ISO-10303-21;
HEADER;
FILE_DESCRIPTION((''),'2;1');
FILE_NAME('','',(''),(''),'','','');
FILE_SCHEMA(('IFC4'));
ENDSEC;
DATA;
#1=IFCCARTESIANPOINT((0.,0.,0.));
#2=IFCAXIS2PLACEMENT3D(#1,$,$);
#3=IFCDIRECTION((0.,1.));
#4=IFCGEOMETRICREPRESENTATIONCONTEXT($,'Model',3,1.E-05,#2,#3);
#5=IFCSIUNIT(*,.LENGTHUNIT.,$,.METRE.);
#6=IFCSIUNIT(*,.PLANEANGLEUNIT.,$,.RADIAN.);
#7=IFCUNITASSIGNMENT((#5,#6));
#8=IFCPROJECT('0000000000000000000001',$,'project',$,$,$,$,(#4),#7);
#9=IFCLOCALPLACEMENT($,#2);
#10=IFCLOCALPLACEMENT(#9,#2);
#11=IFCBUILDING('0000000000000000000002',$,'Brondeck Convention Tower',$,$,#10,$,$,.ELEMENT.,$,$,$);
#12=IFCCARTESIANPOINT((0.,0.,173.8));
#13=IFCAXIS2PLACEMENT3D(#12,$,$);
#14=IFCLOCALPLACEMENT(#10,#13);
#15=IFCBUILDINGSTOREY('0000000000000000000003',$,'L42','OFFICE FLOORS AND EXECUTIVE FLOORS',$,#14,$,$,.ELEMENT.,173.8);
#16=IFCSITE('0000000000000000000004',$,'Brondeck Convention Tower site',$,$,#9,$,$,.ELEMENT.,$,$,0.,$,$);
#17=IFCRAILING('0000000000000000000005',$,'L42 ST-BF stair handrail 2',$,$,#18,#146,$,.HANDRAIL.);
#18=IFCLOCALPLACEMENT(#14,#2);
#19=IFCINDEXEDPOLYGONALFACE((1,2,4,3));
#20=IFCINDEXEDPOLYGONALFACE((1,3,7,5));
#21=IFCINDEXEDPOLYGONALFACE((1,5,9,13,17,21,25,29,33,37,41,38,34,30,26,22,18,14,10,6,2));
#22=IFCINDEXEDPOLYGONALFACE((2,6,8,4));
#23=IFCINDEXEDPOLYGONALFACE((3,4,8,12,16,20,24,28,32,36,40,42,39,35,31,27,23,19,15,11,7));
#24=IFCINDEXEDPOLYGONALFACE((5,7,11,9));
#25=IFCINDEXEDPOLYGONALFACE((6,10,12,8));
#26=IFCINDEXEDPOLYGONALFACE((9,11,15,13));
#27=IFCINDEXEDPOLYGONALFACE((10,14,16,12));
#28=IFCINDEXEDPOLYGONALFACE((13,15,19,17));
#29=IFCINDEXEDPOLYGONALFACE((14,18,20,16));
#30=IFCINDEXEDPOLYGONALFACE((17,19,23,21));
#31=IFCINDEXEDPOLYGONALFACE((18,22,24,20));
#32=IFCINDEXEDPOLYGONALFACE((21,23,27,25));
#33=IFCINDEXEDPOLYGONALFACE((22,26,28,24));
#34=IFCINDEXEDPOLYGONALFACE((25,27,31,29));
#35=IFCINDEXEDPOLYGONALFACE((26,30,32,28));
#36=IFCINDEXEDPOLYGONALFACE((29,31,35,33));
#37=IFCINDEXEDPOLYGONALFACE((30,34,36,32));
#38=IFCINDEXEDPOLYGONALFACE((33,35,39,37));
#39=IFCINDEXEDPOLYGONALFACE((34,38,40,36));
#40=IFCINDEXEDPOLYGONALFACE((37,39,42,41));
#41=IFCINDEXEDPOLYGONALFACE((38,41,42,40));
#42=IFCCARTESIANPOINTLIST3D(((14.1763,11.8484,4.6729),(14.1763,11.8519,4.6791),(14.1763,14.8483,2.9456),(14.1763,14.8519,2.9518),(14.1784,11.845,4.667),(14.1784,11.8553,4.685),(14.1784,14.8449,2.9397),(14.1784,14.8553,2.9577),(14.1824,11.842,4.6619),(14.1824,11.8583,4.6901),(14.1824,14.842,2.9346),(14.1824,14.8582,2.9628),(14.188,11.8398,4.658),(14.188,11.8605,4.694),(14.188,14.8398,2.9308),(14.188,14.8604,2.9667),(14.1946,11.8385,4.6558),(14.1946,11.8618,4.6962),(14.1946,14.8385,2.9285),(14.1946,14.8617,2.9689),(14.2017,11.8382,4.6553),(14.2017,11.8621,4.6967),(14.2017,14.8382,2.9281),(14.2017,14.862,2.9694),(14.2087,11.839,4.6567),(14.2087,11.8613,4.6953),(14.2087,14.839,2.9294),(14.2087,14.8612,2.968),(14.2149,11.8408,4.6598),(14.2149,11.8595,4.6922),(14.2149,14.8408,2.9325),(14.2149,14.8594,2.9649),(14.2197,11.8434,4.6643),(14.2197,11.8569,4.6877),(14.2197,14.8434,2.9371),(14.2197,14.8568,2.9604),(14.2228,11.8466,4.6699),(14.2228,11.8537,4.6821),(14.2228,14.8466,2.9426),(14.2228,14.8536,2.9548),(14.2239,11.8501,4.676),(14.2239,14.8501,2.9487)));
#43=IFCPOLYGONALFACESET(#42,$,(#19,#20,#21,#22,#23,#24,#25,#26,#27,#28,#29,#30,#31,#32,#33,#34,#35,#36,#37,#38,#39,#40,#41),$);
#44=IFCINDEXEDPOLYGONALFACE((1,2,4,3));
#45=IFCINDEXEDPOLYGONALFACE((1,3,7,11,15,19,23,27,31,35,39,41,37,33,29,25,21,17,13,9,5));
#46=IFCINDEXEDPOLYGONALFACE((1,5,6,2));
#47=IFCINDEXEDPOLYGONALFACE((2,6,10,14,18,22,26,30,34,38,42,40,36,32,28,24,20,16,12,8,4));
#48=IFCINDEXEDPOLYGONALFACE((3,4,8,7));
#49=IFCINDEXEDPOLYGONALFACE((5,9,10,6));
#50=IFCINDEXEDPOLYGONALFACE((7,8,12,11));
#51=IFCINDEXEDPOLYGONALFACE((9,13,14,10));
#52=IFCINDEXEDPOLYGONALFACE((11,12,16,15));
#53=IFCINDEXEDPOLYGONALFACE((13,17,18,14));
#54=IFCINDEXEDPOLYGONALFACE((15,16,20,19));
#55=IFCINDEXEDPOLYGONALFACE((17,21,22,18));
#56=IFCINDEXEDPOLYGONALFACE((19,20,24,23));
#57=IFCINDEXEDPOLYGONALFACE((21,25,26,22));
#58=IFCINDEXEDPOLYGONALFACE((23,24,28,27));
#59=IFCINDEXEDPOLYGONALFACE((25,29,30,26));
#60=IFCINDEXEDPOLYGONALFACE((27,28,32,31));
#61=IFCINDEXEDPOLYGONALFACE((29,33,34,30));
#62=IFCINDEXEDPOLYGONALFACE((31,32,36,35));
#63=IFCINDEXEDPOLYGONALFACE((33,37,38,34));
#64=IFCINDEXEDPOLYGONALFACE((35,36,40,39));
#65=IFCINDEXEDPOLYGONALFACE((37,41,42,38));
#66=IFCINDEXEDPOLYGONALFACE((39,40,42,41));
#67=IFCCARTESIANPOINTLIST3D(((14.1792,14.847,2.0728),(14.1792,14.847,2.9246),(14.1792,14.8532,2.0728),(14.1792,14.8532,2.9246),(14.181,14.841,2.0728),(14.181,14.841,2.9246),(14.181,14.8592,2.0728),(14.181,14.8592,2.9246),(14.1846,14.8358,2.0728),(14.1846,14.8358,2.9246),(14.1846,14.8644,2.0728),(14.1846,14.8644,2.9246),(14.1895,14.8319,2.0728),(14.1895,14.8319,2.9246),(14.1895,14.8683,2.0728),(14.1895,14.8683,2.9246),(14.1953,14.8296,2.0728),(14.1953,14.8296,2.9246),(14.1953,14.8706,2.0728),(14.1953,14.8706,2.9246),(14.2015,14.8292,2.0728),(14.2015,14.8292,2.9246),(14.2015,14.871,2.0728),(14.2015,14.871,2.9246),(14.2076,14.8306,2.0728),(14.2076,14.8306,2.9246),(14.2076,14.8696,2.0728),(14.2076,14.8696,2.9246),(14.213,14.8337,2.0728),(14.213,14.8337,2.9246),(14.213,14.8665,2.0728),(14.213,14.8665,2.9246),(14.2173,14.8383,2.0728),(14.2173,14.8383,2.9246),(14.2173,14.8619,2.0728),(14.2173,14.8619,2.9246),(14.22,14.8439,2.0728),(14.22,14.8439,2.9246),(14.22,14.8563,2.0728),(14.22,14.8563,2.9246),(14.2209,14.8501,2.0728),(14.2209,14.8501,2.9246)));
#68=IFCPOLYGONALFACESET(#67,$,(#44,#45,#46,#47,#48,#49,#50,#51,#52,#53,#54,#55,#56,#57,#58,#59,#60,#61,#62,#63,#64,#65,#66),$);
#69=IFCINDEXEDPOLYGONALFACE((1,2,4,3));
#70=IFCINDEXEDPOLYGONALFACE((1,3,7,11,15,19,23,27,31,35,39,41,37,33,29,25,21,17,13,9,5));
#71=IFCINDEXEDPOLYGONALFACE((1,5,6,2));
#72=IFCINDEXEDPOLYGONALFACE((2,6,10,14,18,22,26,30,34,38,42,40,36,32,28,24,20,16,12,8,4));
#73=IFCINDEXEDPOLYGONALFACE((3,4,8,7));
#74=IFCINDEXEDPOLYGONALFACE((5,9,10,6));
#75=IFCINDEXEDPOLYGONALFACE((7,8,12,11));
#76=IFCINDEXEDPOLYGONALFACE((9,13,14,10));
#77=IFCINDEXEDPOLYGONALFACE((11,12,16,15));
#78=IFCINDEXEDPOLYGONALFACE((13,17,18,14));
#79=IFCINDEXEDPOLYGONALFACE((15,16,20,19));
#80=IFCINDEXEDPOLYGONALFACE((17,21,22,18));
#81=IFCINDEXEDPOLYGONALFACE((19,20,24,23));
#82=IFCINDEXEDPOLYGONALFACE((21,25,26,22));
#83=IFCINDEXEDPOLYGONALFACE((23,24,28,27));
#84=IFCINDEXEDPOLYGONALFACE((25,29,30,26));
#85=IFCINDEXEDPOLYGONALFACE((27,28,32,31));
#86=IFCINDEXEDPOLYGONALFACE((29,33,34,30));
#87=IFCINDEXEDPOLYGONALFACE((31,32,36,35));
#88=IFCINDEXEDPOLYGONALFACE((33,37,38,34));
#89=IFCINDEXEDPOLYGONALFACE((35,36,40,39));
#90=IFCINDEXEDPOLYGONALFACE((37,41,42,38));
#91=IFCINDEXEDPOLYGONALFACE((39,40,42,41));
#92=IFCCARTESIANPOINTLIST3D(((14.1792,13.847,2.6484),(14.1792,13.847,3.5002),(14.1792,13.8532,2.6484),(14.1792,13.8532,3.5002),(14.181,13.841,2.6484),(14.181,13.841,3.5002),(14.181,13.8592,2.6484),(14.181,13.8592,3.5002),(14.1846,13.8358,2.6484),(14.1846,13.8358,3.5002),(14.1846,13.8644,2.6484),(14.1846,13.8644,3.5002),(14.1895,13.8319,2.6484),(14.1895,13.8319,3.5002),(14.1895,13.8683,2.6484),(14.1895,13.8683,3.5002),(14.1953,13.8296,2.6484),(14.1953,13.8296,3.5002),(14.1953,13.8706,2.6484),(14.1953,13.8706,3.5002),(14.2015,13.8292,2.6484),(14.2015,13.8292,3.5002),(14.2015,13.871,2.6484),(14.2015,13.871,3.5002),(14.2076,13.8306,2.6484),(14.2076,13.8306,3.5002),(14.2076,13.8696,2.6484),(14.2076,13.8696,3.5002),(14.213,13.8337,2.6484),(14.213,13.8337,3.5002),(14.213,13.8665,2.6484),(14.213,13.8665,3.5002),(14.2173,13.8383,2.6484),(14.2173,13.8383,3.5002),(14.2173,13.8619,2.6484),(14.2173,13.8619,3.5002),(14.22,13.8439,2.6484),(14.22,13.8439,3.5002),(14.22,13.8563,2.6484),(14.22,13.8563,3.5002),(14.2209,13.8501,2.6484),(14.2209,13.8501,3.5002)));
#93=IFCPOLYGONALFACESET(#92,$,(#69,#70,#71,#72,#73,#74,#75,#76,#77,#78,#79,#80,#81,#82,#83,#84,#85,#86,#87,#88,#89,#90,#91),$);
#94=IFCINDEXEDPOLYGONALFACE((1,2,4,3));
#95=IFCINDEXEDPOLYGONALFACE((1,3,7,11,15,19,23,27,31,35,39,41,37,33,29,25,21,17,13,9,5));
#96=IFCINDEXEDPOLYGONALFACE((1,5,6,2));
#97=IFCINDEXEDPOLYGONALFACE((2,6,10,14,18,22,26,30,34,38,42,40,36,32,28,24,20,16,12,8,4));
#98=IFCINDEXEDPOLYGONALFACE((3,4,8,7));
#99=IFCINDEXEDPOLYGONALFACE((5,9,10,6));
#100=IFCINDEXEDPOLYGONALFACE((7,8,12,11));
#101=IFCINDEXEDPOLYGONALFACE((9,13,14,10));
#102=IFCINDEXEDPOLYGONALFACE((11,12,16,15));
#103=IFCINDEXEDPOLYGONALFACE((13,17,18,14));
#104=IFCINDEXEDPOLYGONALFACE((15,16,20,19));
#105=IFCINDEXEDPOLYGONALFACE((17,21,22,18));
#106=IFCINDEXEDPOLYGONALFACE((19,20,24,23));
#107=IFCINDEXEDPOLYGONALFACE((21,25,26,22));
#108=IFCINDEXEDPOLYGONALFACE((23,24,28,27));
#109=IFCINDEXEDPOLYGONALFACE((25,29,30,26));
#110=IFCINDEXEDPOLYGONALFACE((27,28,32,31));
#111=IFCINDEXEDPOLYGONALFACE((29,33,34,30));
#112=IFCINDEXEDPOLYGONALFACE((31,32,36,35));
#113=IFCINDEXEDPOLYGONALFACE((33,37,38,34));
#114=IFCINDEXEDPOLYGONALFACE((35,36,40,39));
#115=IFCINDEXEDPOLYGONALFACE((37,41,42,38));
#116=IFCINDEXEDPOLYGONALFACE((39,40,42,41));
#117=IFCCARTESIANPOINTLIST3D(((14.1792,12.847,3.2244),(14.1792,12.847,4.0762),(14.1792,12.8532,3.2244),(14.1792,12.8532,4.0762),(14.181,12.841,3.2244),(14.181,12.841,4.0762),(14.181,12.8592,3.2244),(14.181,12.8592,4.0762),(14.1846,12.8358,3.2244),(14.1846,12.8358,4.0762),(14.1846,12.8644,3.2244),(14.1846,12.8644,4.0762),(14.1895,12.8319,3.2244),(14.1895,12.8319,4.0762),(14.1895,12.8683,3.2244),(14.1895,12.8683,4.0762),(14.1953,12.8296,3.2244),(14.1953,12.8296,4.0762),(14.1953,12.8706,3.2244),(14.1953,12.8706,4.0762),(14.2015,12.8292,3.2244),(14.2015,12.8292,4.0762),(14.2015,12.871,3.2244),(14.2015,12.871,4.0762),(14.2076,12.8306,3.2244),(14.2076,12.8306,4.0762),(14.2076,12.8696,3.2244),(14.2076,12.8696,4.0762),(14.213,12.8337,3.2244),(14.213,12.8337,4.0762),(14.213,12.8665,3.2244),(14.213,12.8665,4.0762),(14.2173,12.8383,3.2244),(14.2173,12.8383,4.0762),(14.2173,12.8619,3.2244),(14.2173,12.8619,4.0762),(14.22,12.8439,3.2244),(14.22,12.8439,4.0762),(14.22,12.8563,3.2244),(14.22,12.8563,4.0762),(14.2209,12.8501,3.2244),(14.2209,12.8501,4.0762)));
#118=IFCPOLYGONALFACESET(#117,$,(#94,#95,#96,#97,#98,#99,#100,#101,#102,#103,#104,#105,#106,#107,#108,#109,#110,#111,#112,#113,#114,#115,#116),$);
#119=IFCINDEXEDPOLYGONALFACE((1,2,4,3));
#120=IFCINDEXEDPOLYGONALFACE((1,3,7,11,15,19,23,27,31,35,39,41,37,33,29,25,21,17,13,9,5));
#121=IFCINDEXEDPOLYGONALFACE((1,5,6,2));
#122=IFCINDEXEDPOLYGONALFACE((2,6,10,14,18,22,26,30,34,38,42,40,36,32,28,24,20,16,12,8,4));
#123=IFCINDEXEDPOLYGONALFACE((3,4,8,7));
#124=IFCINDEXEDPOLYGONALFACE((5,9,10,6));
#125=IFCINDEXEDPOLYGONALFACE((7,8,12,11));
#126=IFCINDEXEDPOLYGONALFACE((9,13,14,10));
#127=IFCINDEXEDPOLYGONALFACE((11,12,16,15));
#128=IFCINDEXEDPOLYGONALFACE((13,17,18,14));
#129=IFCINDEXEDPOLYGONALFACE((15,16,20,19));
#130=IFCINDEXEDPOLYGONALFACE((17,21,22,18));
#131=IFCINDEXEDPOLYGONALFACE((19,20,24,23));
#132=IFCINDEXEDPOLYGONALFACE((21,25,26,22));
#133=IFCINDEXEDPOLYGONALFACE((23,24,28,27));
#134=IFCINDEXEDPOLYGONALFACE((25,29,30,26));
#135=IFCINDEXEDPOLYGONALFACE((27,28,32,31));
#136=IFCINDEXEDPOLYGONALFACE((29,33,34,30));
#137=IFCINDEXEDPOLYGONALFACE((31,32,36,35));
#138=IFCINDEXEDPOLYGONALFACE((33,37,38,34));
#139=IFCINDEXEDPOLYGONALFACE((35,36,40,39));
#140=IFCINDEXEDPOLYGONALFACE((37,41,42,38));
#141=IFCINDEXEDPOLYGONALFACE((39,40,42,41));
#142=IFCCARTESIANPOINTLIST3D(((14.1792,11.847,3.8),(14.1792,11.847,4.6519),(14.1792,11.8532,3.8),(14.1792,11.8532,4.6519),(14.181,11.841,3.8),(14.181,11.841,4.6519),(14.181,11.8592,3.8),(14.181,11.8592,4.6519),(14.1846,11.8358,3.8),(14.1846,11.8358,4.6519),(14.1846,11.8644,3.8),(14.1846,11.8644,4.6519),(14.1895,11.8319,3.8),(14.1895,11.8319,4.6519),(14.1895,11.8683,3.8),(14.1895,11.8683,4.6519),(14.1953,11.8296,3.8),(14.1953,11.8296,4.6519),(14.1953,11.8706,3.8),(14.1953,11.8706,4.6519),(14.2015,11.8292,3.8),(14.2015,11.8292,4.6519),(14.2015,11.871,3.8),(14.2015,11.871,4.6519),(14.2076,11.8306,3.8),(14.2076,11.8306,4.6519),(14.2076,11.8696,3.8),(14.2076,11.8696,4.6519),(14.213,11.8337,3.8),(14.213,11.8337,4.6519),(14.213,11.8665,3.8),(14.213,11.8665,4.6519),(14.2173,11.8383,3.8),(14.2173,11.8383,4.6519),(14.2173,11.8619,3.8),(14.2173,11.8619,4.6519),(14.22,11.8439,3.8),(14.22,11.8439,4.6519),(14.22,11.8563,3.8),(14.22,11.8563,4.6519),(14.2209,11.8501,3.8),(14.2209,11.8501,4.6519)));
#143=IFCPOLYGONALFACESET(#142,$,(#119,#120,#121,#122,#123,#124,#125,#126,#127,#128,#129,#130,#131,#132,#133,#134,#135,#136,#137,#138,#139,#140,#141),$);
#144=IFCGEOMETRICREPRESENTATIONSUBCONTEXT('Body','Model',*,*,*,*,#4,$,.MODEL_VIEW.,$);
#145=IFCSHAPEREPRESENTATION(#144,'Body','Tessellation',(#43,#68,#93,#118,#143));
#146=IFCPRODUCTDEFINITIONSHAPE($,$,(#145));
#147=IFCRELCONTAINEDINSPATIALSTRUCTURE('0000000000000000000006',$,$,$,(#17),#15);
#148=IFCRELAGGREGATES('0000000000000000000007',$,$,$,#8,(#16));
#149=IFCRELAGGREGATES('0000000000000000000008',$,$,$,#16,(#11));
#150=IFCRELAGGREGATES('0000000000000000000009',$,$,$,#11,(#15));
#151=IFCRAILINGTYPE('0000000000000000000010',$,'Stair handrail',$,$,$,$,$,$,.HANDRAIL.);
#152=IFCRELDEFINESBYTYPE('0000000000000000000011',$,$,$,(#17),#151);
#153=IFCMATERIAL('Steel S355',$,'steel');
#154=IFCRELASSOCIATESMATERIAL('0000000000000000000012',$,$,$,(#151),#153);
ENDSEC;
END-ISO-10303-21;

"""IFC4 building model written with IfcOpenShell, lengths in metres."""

from ifc_helpers import new_model, si_unit, direction, frame, origin, origin_2d, place, context, subcontext, project, spatial, circle, extrude, material, type_object, element, save


model = new_model("IFC4")

# Units and contexts
model_context = context("Model", 3, precision=1e-05, world=origin(), true_north=direction((0.0, 1.0)))
body_context = subcontext(model_context, "Body", "Model", "MODEL_VIEW")
ifc_project = project(units=[si_unit("LENGTHUNIT", "METRE"), si_unit("PLANEANGLEUNIT", "RADIAN")], contexts=[model_context])

# Site, building, storey
site_placement = place(None, origin())
site = spatial("IfcSite", under=ifc_project, at=site_placement, Name="Brondeck Convention Tower site", CompositionType="ELEMENT", RefElevation=0.0)
building_placement = place(site_placement, origin())
building = spatial("IfcBuilding", under=site, at=building_placement, Name="Brondeck Convention Tower", CompositionType="ELEMENT")
storey_placement = place(building_placement, frame((0.0, 0.0, 173.8)))
storey = spatial("IfcBuildingStorey", under=building, at=storey_placement, Name="L42", Description="OFFICE FLOORS AND EXECUTIVE FLOORS", CompositionType="ELEMENT", Elevation=173.8)

# Shared definitions
ifc_material_1 = material(Name="Steel S355", Category="steel")

# Railing
railing_type_1 = type_object("IfcRailingType", Name="Stair handrail", PredefinedType="HANDRAIL", material=ifc_material_1)
railing_1_placement = place(storey_placement, frame((14.2, 14.8501, 2.0728)))
element("IfcRailing", 1, at=railing_1_placement, inside=storey, type_object=railing_type_1, Name="L42 ST-BF stair handrail 2", PredefinedType="HANDRAIL", context=body_context, shape_type="SweptSolid", body=[
    extrude(circle(Radius=0.0239, at=origin_2d()), frame((0.0, 0.0, 0.876), z_axis=(0.0, -0.86662, 0.498969), x_axis=(1.0, 0.0, 0.0)), (0.0, 0.0, 1.0), 3.4617),
    extrude(circle(Radius=0.021, at=origin_2d()), origin(), (0.0, 0.0, 1.0), 0.8518),
    extrude(circle(Radius=0.021, at=origin_2d()), frame((0.0, -1.0, 0.5757)), (0.0, 0.0, 1.0), 0.8518),
    extrude(circle(Radius=0.021, at=origin_2d()), frame((0.0, -2.0, 1.1516)), (0.0, 0.0, 1.0), 0.8518),
    extrude(circle(Radius=0.021, at=origin_2d()), frame((0.0, -3.0, 1.7273)), (0.0, 0.0, 1.0), 0.8518),
])

save(model, "model.ifc")
